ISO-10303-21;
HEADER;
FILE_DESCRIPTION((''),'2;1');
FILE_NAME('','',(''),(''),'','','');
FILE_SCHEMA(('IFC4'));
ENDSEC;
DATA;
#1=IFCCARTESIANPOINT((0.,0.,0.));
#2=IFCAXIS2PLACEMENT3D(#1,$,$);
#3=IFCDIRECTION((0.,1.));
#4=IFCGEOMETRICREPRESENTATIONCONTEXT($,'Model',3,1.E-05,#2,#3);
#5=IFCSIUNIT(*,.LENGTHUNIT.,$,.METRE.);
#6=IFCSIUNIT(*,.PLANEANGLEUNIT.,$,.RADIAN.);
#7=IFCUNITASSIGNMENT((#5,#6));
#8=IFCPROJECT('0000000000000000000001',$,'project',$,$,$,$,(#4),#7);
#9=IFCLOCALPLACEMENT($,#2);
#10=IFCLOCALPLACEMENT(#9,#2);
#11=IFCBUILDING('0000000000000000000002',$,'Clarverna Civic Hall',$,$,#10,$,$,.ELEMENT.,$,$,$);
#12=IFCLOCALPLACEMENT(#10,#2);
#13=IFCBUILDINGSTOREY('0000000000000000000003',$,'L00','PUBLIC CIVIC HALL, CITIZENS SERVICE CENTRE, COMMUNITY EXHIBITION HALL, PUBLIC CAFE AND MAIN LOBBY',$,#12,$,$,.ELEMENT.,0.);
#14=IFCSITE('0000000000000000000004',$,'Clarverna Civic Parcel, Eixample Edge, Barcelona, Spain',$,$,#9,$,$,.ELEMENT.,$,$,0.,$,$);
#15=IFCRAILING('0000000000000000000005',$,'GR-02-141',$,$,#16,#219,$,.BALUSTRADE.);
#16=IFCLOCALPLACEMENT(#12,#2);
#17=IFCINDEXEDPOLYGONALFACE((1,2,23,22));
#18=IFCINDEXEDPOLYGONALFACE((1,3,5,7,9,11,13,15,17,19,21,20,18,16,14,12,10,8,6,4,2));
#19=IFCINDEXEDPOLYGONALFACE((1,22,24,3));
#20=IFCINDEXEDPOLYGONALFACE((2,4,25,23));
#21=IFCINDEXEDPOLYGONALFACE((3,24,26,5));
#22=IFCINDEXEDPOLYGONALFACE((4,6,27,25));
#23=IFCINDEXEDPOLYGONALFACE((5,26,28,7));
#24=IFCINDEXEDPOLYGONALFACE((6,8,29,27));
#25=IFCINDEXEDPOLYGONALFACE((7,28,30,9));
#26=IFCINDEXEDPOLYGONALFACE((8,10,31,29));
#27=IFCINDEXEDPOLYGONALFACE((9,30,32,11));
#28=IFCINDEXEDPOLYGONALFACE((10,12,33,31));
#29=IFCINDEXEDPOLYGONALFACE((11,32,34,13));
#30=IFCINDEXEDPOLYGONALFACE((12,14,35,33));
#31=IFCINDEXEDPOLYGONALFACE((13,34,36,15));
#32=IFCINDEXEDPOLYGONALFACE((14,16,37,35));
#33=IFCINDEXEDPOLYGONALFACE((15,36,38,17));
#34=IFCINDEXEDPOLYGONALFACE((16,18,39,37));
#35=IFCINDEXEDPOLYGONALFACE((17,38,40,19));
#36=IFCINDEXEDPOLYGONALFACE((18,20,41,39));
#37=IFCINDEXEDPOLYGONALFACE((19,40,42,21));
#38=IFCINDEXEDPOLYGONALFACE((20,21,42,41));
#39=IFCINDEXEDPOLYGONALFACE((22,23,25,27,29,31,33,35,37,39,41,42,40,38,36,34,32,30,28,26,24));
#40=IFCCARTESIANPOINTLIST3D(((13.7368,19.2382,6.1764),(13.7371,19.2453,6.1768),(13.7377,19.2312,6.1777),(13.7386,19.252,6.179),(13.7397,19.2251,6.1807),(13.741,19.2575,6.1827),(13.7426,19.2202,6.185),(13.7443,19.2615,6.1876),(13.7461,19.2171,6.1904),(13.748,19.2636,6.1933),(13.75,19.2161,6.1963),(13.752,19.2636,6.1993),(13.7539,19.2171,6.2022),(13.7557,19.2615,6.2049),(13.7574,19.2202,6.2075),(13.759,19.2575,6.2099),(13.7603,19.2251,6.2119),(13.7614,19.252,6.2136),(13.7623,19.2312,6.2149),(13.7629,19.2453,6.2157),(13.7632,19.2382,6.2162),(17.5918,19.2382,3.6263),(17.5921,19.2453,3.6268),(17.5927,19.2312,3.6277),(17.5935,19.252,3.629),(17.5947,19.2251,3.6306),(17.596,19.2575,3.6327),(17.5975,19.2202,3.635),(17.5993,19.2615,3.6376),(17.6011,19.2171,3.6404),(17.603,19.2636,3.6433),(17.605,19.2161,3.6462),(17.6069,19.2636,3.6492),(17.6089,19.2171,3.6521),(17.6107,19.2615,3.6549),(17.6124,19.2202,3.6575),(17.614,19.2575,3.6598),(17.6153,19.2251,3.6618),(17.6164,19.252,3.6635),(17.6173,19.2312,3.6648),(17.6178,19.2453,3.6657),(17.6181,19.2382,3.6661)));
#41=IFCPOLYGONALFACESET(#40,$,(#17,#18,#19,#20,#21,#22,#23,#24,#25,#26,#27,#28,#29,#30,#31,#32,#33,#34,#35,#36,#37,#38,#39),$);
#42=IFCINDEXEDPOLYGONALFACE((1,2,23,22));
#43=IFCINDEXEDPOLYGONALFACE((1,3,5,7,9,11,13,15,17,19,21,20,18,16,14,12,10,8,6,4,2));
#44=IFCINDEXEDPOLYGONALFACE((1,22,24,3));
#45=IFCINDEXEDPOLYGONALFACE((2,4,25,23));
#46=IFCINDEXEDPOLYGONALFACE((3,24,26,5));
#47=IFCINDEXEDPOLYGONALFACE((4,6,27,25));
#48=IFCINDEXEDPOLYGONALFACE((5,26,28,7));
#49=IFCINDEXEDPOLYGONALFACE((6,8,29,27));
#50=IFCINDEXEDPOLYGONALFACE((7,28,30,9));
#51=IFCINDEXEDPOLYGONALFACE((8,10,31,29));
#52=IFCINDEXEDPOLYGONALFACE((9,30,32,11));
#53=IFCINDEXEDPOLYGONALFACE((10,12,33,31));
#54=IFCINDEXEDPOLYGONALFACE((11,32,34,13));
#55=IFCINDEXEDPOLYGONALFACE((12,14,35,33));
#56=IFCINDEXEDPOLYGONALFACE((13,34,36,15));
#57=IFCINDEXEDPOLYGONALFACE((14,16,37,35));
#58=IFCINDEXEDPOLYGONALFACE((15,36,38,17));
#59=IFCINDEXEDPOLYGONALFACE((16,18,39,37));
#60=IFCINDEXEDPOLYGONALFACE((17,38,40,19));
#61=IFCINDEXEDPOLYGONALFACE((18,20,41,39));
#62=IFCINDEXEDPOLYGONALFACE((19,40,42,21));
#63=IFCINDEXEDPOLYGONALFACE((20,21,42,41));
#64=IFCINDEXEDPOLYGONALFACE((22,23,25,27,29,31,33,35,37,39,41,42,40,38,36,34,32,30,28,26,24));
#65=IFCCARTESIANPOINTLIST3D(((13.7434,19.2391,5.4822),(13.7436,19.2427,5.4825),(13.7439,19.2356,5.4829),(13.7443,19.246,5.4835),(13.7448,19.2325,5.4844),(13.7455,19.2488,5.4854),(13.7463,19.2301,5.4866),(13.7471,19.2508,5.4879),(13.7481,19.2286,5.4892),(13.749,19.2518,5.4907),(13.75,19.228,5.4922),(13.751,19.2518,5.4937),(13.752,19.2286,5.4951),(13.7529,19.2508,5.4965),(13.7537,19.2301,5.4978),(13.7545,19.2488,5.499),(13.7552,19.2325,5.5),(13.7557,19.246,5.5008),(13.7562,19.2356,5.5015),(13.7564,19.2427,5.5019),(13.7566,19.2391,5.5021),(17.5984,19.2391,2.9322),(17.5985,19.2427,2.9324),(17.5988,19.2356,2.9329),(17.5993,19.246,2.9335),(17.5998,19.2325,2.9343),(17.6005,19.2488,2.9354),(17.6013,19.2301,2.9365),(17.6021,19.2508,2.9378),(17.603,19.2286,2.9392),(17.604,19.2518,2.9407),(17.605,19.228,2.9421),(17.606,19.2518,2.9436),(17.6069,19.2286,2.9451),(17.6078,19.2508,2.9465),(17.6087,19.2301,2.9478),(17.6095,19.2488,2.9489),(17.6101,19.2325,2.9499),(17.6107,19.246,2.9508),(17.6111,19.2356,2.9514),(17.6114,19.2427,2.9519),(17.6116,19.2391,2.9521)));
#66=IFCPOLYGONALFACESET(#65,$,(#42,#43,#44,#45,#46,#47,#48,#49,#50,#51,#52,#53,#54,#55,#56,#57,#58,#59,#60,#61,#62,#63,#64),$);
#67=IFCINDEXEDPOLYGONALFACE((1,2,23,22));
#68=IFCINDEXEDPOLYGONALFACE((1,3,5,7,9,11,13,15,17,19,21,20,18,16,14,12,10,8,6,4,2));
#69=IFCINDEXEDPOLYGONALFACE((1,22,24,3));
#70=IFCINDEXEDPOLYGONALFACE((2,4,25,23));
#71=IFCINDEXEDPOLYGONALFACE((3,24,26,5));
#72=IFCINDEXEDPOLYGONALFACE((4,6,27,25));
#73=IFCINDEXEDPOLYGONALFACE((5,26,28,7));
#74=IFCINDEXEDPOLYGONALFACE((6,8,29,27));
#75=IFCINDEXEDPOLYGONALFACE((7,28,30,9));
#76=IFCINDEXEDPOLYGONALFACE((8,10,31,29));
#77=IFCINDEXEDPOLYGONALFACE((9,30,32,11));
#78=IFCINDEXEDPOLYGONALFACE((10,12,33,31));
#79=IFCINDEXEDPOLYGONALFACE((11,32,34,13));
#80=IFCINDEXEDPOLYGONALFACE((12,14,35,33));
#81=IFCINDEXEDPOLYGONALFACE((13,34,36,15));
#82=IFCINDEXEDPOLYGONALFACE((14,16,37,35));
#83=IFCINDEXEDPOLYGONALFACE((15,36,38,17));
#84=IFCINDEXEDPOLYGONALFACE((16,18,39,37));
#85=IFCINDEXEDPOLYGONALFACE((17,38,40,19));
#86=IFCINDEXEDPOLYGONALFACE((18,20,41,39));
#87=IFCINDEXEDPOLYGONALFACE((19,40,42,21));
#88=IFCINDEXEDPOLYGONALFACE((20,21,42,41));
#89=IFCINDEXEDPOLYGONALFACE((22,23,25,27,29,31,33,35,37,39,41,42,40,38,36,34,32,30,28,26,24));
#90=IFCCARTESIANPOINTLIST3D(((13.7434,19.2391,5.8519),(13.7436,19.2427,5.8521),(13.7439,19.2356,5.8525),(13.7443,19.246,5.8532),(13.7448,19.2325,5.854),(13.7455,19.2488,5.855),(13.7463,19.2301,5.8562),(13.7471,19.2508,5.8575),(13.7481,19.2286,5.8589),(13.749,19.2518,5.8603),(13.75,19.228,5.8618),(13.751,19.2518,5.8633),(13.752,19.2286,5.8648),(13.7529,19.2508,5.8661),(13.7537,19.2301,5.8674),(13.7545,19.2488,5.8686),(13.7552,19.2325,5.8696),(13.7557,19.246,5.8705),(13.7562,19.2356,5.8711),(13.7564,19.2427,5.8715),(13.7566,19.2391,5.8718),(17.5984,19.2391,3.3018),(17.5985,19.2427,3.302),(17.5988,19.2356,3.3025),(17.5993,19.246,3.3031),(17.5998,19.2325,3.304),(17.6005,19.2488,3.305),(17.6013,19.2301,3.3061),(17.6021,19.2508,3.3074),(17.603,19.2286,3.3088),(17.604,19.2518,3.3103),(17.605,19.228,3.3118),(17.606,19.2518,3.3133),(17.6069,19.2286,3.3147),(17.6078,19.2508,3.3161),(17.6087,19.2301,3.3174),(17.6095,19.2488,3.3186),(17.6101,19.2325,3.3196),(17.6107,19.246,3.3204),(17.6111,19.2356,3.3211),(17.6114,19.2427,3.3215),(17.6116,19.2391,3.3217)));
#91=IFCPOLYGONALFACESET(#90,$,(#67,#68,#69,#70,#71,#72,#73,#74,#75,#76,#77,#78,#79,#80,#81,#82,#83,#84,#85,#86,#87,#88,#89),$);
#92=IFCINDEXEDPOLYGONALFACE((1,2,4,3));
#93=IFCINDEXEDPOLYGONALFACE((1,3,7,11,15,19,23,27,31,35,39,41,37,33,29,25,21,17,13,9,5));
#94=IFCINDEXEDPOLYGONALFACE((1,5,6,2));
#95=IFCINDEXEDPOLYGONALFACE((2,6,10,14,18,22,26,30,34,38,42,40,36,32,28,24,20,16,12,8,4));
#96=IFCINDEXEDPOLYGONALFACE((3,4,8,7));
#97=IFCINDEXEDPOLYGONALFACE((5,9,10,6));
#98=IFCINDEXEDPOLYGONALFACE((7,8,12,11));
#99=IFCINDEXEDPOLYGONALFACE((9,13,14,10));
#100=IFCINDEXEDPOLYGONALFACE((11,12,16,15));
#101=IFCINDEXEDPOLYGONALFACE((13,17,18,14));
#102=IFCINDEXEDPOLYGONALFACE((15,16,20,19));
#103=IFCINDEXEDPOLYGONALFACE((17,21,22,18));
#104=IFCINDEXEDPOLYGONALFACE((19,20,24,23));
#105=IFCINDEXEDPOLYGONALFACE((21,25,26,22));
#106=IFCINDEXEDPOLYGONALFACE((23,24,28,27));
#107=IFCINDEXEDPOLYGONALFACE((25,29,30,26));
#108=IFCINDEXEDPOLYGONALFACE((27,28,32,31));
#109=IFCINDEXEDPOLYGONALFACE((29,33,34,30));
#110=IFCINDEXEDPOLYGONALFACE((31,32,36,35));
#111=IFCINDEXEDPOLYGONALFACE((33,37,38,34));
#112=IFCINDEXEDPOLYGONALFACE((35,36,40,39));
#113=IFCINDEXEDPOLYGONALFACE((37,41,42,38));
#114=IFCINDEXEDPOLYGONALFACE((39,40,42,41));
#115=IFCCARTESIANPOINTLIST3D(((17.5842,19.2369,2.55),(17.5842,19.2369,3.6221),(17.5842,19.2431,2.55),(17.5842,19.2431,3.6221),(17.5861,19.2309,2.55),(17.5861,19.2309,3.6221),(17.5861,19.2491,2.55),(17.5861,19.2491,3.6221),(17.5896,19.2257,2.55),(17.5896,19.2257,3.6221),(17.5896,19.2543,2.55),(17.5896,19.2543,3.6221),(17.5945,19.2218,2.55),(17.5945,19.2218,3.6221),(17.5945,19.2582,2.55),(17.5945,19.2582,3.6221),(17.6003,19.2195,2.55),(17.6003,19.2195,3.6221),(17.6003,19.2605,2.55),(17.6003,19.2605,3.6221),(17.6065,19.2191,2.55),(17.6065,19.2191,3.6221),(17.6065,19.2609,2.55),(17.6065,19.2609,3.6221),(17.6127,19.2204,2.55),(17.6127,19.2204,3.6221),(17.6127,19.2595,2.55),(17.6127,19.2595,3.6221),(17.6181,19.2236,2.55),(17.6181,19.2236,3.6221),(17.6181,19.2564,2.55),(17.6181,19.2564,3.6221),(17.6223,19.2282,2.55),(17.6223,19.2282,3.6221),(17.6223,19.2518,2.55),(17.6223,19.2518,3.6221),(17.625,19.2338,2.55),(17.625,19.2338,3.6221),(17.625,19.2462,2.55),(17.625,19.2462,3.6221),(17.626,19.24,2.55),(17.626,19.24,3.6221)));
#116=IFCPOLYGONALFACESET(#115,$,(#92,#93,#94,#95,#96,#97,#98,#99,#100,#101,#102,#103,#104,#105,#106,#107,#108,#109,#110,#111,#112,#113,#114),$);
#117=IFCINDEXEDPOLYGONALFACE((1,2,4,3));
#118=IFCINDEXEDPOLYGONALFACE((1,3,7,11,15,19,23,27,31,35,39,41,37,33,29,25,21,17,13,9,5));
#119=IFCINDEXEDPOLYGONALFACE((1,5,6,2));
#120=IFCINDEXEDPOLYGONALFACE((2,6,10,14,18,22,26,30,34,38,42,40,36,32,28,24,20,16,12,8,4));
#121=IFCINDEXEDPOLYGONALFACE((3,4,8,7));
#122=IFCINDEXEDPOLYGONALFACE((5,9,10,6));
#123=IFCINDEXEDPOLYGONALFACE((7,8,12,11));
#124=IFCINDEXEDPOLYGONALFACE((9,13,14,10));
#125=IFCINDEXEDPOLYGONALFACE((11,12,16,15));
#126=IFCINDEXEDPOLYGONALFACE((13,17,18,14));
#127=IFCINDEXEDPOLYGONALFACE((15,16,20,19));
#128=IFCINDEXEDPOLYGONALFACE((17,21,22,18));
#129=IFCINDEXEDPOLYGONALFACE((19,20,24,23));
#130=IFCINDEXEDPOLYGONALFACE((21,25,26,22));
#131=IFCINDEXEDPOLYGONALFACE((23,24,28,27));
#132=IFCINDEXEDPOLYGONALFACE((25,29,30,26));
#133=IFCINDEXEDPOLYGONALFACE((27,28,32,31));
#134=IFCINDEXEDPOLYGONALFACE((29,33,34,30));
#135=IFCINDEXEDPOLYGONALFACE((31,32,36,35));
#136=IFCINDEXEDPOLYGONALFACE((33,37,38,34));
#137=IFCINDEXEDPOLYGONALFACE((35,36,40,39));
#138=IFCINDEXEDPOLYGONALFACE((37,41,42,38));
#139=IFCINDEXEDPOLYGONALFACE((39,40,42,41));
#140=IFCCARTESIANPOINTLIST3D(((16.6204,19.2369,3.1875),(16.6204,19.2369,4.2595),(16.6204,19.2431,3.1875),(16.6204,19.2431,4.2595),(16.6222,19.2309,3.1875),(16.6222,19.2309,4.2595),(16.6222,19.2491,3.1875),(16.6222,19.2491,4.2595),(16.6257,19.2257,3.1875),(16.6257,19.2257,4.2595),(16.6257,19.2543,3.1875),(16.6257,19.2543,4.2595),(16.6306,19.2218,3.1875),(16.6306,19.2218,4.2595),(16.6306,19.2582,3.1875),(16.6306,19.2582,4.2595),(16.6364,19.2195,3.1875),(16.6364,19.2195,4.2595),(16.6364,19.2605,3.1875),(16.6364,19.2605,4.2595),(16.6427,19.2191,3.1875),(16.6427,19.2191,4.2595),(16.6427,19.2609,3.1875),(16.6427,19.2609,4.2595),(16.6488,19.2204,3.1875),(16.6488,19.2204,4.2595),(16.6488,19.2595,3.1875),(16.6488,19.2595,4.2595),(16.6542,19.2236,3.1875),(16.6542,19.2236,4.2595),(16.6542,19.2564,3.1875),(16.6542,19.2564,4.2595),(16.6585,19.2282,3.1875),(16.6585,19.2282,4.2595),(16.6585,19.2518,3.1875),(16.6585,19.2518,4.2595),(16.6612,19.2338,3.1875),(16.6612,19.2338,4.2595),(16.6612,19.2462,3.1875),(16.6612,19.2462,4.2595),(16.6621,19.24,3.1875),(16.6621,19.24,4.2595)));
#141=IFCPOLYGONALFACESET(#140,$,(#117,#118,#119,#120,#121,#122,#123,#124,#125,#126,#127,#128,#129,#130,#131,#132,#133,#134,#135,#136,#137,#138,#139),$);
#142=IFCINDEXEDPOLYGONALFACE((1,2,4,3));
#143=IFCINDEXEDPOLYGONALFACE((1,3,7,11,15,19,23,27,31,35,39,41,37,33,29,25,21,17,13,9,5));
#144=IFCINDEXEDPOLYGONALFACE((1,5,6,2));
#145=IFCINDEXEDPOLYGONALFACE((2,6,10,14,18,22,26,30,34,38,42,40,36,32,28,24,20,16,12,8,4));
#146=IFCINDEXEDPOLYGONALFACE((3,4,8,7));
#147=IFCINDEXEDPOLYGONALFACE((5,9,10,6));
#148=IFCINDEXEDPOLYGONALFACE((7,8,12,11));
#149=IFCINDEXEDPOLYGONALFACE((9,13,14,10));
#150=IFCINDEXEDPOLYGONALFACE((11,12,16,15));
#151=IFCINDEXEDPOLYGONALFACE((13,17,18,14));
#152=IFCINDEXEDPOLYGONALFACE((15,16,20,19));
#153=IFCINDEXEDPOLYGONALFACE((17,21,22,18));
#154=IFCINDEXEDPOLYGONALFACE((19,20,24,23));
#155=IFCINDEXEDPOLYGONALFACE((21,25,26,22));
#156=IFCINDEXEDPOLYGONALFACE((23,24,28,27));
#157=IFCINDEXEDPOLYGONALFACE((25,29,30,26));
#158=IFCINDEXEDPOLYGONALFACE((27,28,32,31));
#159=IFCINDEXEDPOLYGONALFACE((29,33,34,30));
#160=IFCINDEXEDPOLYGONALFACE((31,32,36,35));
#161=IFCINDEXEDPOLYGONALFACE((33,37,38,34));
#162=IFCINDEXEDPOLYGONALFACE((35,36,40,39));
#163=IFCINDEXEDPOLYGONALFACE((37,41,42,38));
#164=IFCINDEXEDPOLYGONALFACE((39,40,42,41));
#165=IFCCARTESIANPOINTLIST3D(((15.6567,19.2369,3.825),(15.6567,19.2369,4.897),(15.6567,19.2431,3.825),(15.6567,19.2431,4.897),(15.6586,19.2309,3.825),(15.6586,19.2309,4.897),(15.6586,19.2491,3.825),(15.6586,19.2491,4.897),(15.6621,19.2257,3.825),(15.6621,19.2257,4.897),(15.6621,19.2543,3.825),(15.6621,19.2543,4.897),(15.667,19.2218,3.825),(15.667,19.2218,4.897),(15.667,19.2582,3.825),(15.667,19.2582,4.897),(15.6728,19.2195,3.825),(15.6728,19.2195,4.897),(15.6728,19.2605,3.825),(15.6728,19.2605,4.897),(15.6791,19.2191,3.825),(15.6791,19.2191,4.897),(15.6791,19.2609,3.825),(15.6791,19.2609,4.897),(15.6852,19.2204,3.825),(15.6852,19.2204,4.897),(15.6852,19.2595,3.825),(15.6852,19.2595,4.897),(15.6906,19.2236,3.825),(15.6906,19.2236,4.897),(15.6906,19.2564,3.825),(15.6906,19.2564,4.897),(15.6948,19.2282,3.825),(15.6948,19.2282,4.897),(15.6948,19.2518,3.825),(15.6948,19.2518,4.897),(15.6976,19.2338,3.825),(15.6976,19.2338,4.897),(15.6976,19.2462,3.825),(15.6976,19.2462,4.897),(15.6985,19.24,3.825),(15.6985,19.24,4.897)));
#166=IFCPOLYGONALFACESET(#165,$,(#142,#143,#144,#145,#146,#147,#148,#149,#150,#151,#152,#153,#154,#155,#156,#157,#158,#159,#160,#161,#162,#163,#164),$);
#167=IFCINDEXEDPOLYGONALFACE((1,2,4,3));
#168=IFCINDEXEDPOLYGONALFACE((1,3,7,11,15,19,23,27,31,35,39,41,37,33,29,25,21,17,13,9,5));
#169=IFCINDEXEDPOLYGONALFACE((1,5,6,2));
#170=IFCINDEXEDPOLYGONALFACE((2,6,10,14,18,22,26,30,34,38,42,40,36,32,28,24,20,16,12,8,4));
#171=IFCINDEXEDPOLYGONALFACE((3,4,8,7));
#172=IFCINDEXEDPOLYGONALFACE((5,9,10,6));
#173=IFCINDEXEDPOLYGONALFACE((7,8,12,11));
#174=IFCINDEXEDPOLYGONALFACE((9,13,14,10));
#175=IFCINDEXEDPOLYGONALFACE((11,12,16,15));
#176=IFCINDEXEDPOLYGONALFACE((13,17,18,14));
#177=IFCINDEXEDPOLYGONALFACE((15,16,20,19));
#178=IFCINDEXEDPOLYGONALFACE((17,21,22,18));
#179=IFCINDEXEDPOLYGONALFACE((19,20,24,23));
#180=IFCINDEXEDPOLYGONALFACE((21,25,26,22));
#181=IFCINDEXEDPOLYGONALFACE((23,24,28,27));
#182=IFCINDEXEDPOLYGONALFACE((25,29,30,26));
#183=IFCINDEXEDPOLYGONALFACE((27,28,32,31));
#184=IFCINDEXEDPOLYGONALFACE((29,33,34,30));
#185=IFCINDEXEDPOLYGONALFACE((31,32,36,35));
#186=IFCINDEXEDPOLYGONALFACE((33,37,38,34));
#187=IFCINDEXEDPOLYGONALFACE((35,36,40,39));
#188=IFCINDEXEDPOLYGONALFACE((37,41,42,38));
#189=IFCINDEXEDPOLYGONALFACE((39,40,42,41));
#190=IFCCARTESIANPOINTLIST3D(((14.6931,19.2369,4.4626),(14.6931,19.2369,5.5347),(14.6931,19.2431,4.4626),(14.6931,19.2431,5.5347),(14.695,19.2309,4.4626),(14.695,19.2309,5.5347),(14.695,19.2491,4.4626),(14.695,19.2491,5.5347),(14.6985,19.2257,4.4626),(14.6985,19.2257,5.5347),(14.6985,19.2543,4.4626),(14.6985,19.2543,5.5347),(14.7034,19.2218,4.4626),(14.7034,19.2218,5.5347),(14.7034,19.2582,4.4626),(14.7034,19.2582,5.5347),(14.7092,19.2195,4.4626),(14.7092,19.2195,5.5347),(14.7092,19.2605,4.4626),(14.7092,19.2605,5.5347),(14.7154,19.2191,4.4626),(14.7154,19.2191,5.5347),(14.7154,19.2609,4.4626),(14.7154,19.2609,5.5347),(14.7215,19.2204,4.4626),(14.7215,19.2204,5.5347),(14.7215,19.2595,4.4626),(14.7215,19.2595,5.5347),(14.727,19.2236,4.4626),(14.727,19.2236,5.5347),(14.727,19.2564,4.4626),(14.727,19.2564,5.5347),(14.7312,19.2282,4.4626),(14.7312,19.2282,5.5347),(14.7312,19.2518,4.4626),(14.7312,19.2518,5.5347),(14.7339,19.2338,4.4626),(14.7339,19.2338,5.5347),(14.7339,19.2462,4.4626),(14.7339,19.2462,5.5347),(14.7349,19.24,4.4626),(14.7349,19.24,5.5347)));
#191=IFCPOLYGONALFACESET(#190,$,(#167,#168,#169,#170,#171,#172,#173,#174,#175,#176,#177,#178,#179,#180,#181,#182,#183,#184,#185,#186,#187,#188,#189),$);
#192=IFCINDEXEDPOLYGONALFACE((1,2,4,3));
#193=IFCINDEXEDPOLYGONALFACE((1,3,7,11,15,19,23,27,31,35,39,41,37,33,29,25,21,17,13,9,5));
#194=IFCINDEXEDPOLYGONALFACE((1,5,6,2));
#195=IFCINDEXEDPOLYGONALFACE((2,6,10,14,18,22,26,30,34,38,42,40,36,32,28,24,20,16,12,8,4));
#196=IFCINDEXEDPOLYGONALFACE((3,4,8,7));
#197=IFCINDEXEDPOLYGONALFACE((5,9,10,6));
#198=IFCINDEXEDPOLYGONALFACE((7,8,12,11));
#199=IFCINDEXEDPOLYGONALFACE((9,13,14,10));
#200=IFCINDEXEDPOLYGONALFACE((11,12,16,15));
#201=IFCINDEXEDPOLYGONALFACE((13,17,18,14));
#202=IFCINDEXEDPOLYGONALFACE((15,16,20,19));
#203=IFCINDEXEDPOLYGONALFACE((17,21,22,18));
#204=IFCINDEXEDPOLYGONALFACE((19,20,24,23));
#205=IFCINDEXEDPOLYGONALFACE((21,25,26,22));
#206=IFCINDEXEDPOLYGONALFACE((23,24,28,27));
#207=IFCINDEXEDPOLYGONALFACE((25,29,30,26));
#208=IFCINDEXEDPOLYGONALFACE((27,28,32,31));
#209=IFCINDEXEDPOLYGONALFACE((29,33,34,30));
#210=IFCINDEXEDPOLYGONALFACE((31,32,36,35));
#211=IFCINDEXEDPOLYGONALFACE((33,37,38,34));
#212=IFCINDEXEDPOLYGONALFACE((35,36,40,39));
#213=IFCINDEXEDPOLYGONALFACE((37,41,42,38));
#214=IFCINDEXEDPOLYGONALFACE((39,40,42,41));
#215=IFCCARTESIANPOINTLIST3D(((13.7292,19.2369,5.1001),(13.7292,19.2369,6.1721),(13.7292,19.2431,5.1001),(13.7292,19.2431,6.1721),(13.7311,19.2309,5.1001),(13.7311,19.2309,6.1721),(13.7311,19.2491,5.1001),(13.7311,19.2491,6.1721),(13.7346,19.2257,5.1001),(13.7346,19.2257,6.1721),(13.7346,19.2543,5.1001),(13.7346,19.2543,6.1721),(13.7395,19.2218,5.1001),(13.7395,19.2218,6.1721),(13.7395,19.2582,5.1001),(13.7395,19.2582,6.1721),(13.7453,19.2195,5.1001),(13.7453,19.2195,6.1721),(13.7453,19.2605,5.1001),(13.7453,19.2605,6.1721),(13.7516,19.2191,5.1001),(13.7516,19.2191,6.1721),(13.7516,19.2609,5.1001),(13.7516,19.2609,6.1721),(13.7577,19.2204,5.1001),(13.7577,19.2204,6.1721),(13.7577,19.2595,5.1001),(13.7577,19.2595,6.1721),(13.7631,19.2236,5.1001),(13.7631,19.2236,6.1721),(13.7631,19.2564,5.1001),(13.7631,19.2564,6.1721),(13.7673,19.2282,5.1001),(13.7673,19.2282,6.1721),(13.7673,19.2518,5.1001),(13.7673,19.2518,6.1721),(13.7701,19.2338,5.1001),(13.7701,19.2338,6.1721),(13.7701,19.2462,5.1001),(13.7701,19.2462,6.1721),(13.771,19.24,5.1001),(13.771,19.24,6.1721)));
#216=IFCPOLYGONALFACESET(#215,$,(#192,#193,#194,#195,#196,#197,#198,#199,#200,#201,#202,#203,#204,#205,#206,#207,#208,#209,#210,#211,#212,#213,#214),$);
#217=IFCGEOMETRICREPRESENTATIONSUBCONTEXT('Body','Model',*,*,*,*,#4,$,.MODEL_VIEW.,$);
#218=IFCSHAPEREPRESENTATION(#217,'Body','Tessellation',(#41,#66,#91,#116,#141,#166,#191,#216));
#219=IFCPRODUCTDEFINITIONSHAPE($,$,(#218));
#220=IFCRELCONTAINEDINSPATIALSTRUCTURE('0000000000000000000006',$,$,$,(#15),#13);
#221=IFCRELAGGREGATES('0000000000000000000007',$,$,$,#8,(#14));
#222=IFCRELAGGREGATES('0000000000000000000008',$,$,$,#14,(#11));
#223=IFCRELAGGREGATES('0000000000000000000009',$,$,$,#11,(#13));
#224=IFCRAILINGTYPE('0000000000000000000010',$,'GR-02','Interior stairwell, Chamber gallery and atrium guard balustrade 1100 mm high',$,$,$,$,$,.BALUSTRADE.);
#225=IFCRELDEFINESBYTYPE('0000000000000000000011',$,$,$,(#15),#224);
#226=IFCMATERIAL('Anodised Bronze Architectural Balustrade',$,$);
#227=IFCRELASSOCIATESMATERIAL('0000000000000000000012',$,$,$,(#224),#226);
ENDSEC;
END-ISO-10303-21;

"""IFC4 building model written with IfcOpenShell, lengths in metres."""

from ifc_helpers import new_model, si_unit, direction, frame, origin, origin_2d, place, context, subcontext, project, spatial, circle, extrude, material, type_object, element, save


model = new_model("IFC4")

# Units and contexts
model_context = context("Model", 3, precision=1e-05, world=origin(), true_north=direction((0.0, 1.0)))
body_context = subcontext(model_context, "Body", "Model", "MODEL_VIEW")
ifc_project = project(units=[si_unit("LENGTHUNIT", "METRE"), si_unit("PLANEANGLEUNIT", "RADIAN")], contexts=[model_context])

# Site, building, storey
site_placement = place(None, origin())
site = spatial("IfcSite", under=ifc_project, at=site_placement, Name="Clarverna Civic Parcel, Eixample Edge, Barcelona, Spain", CompositionType="ELEMENT", RefElevation=0.0)
building_placement = place(site_placement, origin())
building = spatial("IfcBuilding", under=site, at=building_placement, Name="Clarverna Civic Hall", CompositionType="ELEMENT")
storey_placement = place(building_placement, origin())
storey = spatial("IfcBuildingStorey", under=building, at=storey_placement, Name="L00", Description="PUBLIC CIVIC HALL, CITIZENS SERVICE CENTRE, COMMUNITY EXHIBITION HALL, PUBLIC CAFE AND MAIN LOBBY", CompositionType="ELEMENT", Elevation=0.0)

# Railing
ifc_material_1 = material(Name="Anodised Bronze Architectural Balustrade")
railing_type_1 = type_object("IfcRailingType", Name="GR-02", Description="Interior stairwell, Chamber gallery and atrium guard balustrade 1100 mm high", PredefinedType="BALUSTRADE", material=ifc_material_1)
railing_1_placement = place(storey_placement, frame((17.605, 19.24, 2.55)))
element("IfcRailing", 1, at=railing_1_placement, inside=storey, type_object=railing_type_1, Name="GR-02-141", PredefinedType="BALUSTRADE", context=body_context, shape_type="SweptSolid", body=[
    extrude(circle(Radius=0.0239, at=origin_2d()), frame((0.0, 0.0, 1.0962), z_axis=(-0.834036, 0.0, 0.55171), x_axis=(0.0, -1.0, 0.0)), (0.0, 0.0, 1.0), 4.6221),
    extrude(circle(Radius=0.012, at=origin_2d()), frame((0.0, 0.0, 0.3921), z_axis=(-0.834036, 0.0, 0.55171), x_axis=(0.0, -1.0, 0.0)), (0.0, 0.0, 1.0), 4.6221),
    extrude(circle(Radius=0.012, at=origin_2d()), frame((0.0, 0.0, 0.7617), z_axis=(-0.834036, 0.0, 0.55171), x_axis=(0.0, -1.0, 0.0)), (0.0, 0.0, 1.0), 4.6221),
    extrude(circle(Radius=0.021, at=origin_2d()), origin(), (0.0, 0.0, 1.0), 1.072),
    extrude(circle(Radius=0.021, at=origin_2d()), frame((-0.9639, 0.0, 0.6375)), (0.0, 0.0, 1.0), 1.072),
    extrude(circle(Radius=0.021, at=origin_2d()), frame((-1.9275, 0.0, 1.2749)), (0.0, 0.0, 1.0), 1.072),
    extrude(circle(Radius=0.021, at=origin_2d()), frame((-2.8911, 0.0, 1.9126)), (0.0, 0.0, 1.0), 1.072),
    extrude(circle(Radius=0.021, at=origin_2d()), frame((-3.855, 0.0, 2.55)), (0.0, 0.0, 1.0), 1.072),
])

save(model, "model.ifc")
